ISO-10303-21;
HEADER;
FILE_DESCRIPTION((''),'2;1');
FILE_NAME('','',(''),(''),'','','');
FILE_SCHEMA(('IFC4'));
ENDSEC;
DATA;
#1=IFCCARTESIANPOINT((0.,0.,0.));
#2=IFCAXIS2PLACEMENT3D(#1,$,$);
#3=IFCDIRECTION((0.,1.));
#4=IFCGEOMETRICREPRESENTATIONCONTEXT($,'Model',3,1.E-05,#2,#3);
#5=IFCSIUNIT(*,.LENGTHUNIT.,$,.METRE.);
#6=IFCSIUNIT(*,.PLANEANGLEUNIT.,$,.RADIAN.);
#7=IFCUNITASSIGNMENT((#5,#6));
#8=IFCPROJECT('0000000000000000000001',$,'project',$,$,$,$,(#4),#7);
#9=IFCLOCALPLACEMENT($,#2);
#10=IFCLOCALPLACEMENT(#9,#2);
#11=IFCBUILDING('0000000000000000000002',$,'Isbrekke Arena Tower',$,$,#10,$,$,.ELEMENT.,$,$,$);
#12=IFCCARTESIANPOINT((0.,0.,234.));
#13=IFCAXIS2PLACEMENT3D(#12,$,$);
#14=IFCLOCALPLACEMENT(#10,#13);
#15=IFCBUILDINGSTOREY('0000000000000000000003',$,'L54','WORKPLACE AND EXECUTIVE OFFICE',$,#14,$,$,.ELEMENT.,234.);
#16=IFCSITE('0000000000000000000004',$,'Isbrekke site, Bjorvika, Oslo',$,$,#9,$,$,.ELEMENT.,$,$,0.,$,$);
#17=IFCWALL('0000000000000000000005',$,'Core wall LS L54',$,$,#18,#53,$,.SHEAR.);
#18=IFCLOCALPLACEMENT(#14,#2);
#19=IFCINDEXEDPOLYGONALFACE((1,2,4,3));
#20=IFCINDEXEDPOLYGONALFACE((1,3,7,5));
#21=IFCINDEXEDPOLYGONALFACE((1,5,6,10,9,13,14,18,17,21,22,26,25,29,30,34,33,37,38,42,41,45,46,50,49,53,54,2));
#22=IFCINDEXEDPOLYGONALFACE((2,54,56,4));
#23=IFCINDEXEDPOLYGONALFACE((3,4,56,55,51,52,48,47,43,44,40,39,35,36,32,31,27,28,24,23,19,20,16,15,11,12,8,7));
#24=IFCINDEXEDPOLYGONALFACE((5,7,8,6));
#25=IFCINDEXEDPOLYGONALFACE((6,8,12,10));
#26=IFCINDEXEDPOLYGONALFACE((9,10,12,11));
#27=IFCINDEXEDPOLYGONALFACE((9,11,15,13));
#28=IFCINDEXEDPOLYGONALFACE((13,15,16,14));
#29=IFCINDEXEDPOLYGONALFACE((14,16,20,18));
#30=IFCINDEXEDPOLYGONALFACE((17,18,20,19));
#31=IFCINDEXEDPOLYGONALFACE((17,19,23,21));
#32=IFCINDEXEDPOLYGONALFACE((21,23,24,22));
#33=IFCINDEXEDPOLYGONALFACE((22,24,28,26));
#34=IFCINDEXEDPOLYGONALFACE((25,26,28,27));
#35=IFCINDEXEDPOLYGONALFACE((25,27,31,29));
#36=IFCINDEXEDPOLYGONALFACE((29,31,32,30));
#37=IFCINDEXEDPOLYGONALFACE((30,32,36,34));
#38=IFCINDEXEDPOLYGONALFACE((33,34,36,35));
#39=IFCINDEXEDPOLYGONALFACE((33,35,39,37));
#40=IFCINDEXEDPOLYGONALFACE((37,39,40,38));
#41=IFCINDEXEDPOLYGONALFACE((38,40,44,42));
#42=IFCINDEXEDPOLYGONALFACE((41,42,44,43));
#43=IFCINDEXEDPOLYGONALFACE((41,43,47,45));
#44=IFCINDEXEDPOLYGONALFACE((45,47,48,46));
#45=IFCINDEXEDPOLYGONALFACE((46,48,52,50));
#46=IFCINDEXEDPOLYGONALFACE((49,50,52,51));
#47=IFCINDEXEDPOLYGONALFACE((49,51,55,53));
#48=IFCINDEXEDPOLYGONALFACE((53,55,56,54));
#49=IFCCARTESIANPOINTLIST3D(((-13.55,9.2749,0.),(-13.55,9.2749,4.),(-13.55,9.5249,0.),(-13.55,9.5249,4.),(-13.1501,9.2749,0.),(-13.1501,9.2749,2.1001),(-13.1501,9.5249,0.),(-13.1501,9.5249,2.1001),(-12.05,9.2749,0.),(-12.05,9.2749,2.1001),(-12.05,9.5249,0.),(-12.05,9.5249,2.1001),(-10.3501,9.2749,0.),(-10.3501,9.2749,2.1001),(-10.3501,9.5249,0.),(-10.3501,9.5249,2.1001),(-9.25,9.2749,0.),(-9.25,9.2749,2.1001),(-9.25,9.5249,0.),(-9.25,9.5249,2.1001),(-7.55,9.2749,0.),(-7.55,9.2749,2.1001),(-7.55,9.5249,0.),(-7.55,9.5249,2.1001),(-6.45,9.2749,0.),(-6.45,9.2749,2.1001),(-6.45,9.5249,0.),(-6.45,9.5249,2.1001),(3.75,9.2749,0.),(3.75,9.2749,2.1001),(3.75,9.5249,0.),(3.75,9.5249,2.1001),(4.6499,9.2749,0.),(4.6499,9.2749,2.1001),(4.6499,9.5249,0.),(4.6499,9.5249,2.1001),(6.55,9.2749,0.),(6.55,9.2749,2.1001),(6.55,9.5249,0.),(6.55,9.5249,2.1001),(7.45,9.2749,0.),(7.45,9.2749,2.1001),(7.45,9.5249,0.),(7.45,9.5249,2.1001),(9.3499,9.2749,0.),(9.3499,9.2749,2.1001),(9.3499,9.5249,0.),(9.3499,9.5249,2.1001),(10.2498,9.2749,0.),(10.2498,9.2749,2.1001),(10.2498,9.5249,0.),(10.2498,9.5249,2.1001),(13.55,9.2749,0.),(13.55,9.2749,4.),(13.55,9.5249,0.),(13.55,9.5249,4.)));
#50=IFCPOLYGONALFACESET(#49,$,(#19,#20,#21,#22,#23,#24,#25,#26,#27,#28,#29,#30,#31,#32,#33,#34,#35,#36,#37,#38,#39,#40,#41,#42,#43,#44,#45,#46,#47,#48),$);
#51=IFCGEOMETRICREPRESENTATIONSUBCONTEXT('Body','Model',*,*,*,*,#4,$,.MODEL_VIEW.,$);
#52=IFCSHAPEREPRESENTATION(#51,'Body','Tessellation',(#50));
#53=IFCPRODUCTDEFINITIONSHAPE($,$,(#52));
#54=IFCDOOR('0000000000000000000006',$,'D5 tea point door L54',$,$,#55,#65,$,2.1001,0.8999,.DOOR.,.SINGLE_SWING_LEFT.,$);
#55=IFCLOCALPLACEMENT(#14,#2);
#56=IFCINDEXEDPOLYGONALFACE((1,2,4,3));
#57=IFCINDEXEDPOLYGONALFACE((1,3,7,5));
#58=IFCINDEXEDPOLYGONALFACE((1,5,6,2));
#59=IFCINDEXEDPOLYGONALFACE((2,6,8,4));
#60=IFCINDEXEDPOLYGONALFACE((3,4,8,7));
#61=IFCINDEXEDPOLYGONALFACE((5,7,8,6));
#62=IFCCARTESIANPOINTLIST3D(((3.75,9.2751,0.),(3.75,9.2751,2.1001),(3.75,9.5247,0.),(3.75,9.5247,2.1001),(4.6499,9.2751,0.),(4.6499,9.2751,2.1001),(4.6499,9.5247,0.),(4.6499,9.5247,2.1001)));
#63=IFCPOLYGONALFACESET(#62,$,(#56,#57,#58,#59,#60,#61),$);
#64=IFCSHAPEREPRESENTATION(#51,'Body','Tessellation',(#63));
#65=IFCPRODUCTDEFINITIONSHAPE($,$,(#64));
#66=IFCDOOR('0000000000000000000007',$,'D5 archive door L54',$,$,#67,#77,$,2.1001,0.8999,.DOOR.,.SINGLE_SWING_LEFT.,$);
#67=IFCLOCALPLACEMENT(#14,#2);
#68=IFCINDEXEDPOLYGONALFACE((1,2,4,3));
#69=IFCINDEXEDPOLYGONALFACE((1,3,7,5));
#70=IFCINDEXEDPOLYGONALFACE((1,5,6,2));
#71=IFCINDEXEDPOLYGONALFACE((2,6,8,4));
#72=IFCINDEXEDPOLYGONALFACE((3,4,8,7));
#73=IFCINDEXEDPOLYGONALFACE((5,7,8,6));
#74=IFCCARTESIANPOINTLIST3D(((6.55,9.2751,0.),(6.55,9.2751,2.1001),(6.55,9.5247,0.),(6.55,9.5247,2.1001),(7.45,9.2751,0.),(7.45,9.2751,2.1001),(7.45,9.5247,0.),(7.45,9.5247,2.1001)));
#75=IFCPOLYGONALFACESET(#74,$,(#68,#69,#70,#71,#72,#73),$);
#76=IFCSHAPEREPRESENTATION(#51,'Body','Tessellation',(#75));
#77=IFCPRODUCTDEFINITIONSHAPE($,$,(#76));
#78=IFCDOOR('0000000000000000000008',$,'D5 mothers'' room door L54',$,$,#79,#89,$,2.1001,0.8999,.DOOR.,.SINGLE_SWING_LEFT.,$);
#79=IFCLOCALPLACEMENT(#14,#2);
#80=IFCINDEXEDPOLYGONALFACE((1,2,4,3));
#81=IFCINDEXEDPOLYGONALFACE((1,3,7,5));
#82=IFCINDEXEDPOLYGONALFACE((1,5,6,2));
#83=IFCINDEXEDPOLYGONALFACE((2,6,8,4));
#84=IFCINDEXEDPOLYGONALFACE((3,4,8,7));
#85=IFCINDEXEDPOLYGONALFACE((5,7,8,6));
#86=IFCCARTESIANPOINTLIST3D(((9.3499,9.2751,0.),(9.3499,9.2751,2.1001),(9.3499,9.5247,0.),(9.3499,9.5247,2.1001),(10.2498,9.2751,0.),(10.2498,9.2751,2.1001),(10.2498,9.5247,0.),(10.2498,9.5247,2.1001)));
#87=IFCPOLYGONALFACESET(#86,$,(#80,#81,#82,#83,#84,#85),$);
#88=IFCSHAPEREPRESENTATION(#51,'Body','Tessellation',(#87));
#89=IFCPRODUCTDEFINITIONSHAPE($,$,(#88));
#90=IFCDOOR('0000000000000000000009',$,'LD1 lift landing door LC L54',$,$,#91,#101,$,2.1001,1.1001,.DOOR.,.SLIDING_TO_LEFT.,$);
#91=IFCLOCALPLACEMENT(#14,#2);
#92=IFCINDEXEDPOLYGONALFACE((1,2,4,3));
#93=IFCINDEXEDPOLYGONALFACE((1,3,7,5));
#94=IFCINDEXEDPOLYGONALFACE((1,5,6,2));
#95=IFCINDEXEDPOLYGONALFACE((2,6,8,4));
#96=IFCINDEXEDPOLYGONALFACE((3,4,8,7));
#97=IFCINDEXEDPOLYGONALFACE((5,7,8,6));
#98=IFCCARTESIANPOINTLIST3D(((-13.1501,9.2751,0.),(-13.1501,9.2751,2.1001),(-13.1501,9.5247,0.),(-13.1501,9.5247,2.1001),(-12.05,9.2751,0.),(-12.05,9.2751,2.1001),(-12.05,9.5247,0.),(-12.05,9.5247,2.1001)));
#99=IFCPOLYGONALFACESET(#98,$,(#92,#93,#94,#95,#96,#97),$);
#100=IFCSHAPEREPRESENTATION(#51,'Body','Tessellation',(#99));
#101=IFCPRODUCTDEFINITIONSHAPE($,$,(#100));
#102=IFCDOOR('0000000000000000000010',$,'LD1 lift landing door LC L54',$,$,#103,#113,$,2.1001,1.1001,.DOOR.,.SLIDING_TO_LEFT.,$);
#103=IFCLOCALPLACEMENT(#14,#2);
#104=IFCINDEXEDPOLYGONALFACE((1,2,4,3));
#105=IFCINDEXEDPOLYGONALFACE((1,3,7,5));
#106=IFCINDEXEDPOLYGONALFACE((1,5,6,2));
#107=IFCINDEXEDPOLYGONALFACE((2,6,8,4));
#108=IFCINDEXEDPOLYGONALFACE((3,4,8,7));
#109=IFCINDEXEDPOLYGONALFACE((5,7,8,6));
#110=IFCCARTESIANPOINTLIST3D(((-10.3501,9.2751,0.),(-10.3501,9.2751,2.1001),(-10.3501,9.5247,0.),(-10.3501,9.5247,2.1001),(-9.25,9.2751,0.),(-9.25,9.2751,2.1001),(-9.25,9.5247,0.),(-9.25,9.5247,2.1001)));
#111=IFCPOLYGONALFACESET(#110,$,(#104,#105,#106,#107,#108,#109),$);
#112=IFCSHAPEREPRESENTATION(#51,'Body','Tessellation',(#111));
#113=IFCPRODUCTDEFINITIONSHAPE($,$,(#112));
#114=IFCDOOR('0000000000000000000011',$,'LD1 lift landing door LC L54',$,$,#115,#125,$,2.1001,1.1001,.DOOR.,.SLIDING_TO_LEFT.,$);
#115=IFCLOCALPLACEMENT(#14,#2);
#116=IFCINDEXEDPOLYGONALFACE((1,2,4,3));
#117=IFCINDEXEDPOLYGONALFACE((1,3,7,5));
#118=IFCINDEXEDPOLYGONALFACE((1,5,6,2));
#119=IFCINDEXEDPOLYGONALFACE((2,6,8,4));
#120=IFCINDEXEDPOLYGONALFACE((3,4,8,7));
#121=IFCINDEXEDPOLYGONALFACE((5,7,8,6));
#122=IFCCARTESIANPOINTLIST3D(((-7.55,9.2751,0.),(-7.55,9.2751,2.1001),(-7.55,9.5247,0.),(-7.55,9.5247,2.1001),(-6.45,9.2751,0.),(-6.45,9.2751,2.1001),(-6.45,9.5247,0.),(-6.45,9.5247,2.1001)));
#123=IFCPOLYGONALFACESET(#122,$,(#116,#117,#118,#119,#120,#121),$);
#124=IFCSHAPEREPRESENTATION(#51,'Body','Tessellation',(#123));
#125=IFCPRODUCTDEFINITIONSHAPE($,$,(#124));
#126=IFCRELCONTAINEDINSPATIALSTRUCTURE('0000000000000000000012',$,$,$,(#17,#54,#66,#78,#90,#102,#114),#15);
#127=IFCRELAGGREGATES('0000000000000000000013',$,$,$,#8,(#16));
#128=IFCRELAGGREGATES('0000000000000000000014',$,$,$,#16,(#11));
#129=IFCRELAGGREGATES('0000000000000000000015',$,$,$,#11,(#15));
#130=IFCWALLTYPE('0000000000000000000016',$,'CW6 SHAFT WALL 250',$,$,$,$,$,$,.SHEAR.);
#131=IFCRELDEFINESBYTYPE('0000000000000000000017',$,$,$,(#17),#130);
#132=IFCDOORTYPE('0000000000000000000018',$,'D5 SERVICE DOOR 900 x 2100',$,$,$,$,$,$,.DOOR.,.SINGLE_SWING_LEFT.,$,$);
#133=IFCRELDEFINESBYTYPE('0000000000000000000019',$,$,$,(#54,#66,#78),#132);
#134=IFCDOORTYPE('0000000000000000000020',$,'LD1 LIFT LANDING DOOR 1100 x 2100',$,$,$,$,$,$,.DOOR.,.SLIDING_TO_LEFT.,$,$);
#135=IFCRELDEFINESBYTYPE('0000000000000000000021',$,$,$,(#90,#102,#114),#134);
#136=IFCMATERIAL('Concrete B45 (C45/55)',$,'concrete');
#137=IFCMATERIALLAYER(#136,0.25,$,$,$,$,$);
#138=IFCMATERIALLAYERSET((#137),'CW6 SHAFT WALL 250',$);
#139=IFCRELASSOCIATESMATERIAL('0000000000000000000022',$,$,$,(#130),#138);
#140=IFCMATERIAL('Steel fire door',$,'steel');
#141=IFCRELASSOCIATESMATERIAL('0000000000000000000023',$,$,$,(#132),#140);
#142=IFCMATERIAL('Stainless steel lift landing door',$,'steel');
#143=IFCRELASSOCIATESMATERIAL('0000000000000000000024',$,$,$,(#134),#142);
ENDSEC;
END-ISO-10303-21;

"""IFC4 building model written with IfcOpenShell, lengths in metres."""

from ifc_helpers import new_model, si_unit, direction, frame, frame_2d, origin, place, context, subcontext, project, spatial, rectangle, extrude, material, layer, layer_set, type_object, element, fill, save


model = new_model("IFC4")

# Units and contexts
model_context = context("Model", 3, precision=1e-05, world=origin(), true_north=direction((0.0, 1.0)))
body_context = subcontext(model_context, "Body", "Model", "MODEL_VIEW")
ifc_project = project(units=[si_unit("LENGTHUNIT", "METRE"), si_unit("PLANEANGLEUNIT", "RADIAN")], contexts=[model_context])

# Site, building, storey
site_placement = place(None, origin())
site = spatial("IfcSite", under=ifc_project, at=site_placement, Name="Isbrekke site, Bjorvika, Oslo", CompositionType="ELEMENT", RefElevation=0.0)
building_placement = place(site_placement, origin())
building = spatial("IfcBuilding", under=site, at=building_placement, Name="Isbrekke Arena Tower", CompositionType="ELEMENT")
storey_placement = place(building_placement, frame((0.0, 0.0, 234.0)))
storey = spatial("IfcBuildingStorey", under=building, at=storey_placement, Name="L54", Description="WORKPLACE AND EXECUTIVE OFFICE", CompositionType="ELEMENT", Elevation=234.0)

# Wall, openings, doors
ifc_material_1 = material(Name="Concrete B45 (C45/55)", Category="concrete")
ifc_layer_1 = layer(ifc_material_1, 0.25)
ifc_layer_set_1 = layer_set([ifc_layer_1], Name="CW6 SHAFT WALL 250")
wall_type_1 = type_object("IfcWallType", Name="CW6 SHAFT WALL 250", PredefinedType="SHEAR", material=ifc_layer_set_1)
wall_1_placement = place(storey_placement, frame((-13.55, 9.3999, 0.0), z_axis=(0.0, 0.0, 1.0), x_axis=(1.0, 0.0, 0.0)))
wall_1 = element("IfcWall", 1, at=wall_1_placement, inside=storey, type_object=wall_type_1, Name="Core wall LS L54", PredefinedType="SHEAR", context=body_context, shape_type="SweptSolid", body=[
    extrude(rectangle(XDim=27.1001, YDim=0.25, at=frame_2d((13.55, 0.0))), origin(), (0.0, 0.0, 1.0), 4.0),
])
opening_1_placement = place(wall_1_placement, frame((0.3999, 0.0, 0.0)))
opening_1 = element("IfcOpeningElement", 2, at=opening_1_placement, cuts=wall_1, PredefinedType="OPENING", context=body_context, shape_type="SweptSolid", body=[
    extrude(rectangle(XDim=1.1001, YDim=2.1001, at=frame_2d((0.55, 1.05))), frame((0.0, 0.1399, 0.0), z_axis=(0.0, -1.0, 0.0), x_axis=(1.0, 0.0, 0.0)), (0.0, 0.0, 1.0), 0.2798),
])
opening_2_placement = place(wall_1_placement, frame((3.2, 0.0, 0.0)))
opening_2 = element("IfcOpeningElement", 3, at=opening_2_placement, cuts=wall_1, PredefinedType="OPENING", context=body_context, shape_type="SweptSolid", body=[
    extrude(rectangle(XDim=1.1001, YDim=2.1001, at=frame_2d((0.55, 1.05))), frame((0.0, 0.1399, 0.0), z_axis=(0.0, -1.0, 0.0), x_axis=(1.0, 0.0, 0.0)), (0.0, 0.0, 1.0), 0.2798),
])
opening_3_placement = place(wall_1_placement, frame((6.0, 0.0, 0.0)))
opening_3 = element("IfcOpeningElement", 4, at=opening_3_placement, cuts=wall_1, PredefinedType="OPENING", context=body_context, shape_type="SweptSolid", body=[
    extrude(rectangle(XDim=1.1001, YDim=2.1001, at=frame_2d((0.55, 1.05))), frame((0.0, 0.1399, 0.0), z_axis=(0.0, -1.0, 0.0), x_axis=(1.0, 0.0, 0.0)), (0.0, 0.0, 1.0), 0.2798),
])
opening_4_placement = place(wall_1_placement, frame((17.3, 0.0, 0.0)))
opening_4 = element("IfcOpeningElement", 5, at=opening_4_placement, cuts=wall_1, PredefinedType="OPENING", context=body_context, shape_type="SweptSolid", body=[
    extrude(rectangle(XDim=0.8999, YDim=2.1001, at=frame_2d((0.45, 1.05))), frame((0.0, 0.1399, 0.0), z_axis=(0.0, -1.0, 0.0), x_axis=(1.0, 0.0, 0.0)), (0.0, 0.0, 1.0), 0.2798),
])
opening_5_placement = place(wall_1_placement, frame((20.1001, 0.0, 0.0)))
opening_5 = element("IfcOpeningElement", 6, at=opening_5_placement, cuts=wall_1, PredefinedType="OPENING", context=body_context, shape_type="SweptSolid", body=[
    extrude(rectangle(XDim=0.8999, YDim=2.1001, at=frame_2d((0.45, 1.05))), frame((0.0, 0.1399, 0.0), z_axis=(0.0, -1.0, 0.0), x_axis=(1.0, 0.0, 0.0)), (0.0, 0.0, 1.0), 0.2798),
])
opening_6_placement = place(wall_1_placement, frame((22.8999, 0.0, 0.0)))
opening_6 = element("IfcOpeningElement", 7, at=opening_6_placement, cuts=wall_1, PredefinedType="OPENING", context=body_context, shape_type="SweptSolid", body=[
    extrude(rectangle(XDim=0.8999, YDim=2.1001, at=frame_2d((0.45, 1.05))), frame((0.0, 0.1399, 0.0), z_axis=(0.0, -1.0, 0.0), x_axis=(1.0, 0.0, 0.0)), (0.0, 0.0, 1.0), 0.2798),
])
ifc_material_2 = material(Name="Steel fire door", Category="steel")
door_type_1 = type_object("IfcDoorType", Name="D5 SERVICE DOOR 900 x 2100", OperationType="SINGLE_SWING_LEFT", PredefinedType="DOOR", material=ifc_material_2)
door_1_placement = place(opening_4_placement, origin())
door_1 = element("IfcDoor", 8, at=door_1_placement, inside=storey, type_object=door_type_1, Name="D5 tea point door L54", OperationType="SINGLE_SWING_LEFT", OverallHeight=2.1001, OverallWidth=0.8999, PredefinedType="DOOR", context=body_context, shape_type="SweptSolid", body=[
    extrude(rectangle(XDim=0.8999, YDim=2.1001, at=frame_2d((0.45, 1.05))), frame((0.0, 0.1248, 0.0), z_axis=(0.0, -1.0, 0.0), x_axis=(1.0, 0.0, 0.0)), (0.0, 0.0, 1.0), 0.2495),
])
fill(opening_4, door_1)
door_2_placement = place(opening_5_placement, origin())
door_2 = element("IfcDoor", 9, at=door_2_placement, inside=storey, type_object=door_type_1, Name="D5 archive door L54", OperationType="SINGLE_SWING_LEFT", OverallHeight=2.1001, OverallWidth=0.8999, PredefinedType="DOOR", context=body_context, shape_type="SweptSolid", body=[
    extrude(rectangle(XDim=0.8999, YDim=2.1001, at=frame_2d((0.45, 1.05))), frame((0.0, 0.1248, 0.0), z_axis=(0.0, -1.0, 0.0), x_axis=(1.0, 0.0, 0.0)), (0.0, 0.0, 1.0), 0.2495),
])
fill(opening_5, door_2)
door_3_placement = place(opening_6_placement, origin())
door_3 = element("IfcDoor", 10, at=door_3_placement, inside=storey, type_object=door_type_1, Name="D5 mothers' room door L54", OperationType="SINGLE_SWING_LEFT", OverallHeight=2.1001, OverallWidth=0.8999, PredefinedType="DOOR", context=body_context, shape_type="SweptSolid", body=[
    extrude(rectangle(XDim=0.8999, YDim=2.1001, at=frame_2d((0.45, 1.05))), frame((0.0, 0.1248, 0.0), z_axis=(0.0, -1.0, 0.0), x_axis=(1.0, 0.0, 0.0)), (0.0, 0.0, 1.0), 0.2495),
])
fill(opening_6, door_3)
ifc_material_3 = material(Name="Stainless steel lift landing door", Category="steel")
door_type_2 = type_object("IfcDoorType", Name="LD1 LIFT LANDING DOOR 1100 x 2100", OperationType="SLIDING_TO_LEFT", PredefinedType="DOOR", material=ifc_material_3)
door_4_placement = place(opening_1_placement, origin())
door_4 = element("IfcDoor", 11, at=door_4_placement, inside=storey, type_object=door_type_2, Name="LD1 lift landing door LC L54", OperationType="SLIDING_TO_LEFT", OverallHeight=2.1001, OverallWidth=1.1001, PredefinedType="DOOR", context=body_context, shape_type="SweptSolid", body=[
    extrude(rectangle(XDim=1.1001, YDim=2.1001, at=frame_2d((0.55, 1.05))), frame((0.0, 0.1248, 0.0), z_axis=(0.0, -1.0, 0.0), x_axis=(1.0, 0.0, 0.0)), (0.0, 0.0, 1.0), 0.2495),
])
fill(opening_1, door_4)
door_5_placement = place(opening_2_placement, origin())
door_5 = element("IfcDoor", 12, at=door_5_placement, inside=storey, type_object=door_type_2, Name="LD1 lift landing door LC L54", OperationType="SLIDING_TO_LEFT", OverallHeight=2.1001, OverallWidth=1.1001, PredefinedType="DOOR", context=body_context, shape_type="SweptSolid", body=[
    extrude(rectangle(XDim=1.1001, YDim=2.1001, at=frame_2d((0.55, 1.05))), frame((0.0, 0.1248, 0.0), z_axis=(0.0, -1.0, 0.0), x_axis=(1.0, 0.0, 0.0)), (0.0, 0.0, 1.0), 0.2495),
])
fill(opening_2, door_5)
door_6_placement = place(opening_3_placement, origin())
door_6 = element("IfcDoor", 13, at=door_6_placement, inside=storey, type_object=door_type_2, Name="LD1 lift landing door LC L54", OperationType="SLIDING_TO_LEFT", OverallHeight=2.1001, OverallWidth=1.1001, PredefinedType="DOOR", context=body_context, shape_type="SweptSolid", body=[
    extrude(rectangle(XDim=1.1001, YDim=2.1001, at=frame_2d((0.55, 1.05))), frame((0.0, 0.1248, 0.0), z_axis=(0.0, -1.0, 0.0), x_axis=(1.0, 0.0, 0.0)), (0.0, 0.0, 1.0), 0.2495),
])
fill(opening_3, door_6)

save(model, "model.ifc")
